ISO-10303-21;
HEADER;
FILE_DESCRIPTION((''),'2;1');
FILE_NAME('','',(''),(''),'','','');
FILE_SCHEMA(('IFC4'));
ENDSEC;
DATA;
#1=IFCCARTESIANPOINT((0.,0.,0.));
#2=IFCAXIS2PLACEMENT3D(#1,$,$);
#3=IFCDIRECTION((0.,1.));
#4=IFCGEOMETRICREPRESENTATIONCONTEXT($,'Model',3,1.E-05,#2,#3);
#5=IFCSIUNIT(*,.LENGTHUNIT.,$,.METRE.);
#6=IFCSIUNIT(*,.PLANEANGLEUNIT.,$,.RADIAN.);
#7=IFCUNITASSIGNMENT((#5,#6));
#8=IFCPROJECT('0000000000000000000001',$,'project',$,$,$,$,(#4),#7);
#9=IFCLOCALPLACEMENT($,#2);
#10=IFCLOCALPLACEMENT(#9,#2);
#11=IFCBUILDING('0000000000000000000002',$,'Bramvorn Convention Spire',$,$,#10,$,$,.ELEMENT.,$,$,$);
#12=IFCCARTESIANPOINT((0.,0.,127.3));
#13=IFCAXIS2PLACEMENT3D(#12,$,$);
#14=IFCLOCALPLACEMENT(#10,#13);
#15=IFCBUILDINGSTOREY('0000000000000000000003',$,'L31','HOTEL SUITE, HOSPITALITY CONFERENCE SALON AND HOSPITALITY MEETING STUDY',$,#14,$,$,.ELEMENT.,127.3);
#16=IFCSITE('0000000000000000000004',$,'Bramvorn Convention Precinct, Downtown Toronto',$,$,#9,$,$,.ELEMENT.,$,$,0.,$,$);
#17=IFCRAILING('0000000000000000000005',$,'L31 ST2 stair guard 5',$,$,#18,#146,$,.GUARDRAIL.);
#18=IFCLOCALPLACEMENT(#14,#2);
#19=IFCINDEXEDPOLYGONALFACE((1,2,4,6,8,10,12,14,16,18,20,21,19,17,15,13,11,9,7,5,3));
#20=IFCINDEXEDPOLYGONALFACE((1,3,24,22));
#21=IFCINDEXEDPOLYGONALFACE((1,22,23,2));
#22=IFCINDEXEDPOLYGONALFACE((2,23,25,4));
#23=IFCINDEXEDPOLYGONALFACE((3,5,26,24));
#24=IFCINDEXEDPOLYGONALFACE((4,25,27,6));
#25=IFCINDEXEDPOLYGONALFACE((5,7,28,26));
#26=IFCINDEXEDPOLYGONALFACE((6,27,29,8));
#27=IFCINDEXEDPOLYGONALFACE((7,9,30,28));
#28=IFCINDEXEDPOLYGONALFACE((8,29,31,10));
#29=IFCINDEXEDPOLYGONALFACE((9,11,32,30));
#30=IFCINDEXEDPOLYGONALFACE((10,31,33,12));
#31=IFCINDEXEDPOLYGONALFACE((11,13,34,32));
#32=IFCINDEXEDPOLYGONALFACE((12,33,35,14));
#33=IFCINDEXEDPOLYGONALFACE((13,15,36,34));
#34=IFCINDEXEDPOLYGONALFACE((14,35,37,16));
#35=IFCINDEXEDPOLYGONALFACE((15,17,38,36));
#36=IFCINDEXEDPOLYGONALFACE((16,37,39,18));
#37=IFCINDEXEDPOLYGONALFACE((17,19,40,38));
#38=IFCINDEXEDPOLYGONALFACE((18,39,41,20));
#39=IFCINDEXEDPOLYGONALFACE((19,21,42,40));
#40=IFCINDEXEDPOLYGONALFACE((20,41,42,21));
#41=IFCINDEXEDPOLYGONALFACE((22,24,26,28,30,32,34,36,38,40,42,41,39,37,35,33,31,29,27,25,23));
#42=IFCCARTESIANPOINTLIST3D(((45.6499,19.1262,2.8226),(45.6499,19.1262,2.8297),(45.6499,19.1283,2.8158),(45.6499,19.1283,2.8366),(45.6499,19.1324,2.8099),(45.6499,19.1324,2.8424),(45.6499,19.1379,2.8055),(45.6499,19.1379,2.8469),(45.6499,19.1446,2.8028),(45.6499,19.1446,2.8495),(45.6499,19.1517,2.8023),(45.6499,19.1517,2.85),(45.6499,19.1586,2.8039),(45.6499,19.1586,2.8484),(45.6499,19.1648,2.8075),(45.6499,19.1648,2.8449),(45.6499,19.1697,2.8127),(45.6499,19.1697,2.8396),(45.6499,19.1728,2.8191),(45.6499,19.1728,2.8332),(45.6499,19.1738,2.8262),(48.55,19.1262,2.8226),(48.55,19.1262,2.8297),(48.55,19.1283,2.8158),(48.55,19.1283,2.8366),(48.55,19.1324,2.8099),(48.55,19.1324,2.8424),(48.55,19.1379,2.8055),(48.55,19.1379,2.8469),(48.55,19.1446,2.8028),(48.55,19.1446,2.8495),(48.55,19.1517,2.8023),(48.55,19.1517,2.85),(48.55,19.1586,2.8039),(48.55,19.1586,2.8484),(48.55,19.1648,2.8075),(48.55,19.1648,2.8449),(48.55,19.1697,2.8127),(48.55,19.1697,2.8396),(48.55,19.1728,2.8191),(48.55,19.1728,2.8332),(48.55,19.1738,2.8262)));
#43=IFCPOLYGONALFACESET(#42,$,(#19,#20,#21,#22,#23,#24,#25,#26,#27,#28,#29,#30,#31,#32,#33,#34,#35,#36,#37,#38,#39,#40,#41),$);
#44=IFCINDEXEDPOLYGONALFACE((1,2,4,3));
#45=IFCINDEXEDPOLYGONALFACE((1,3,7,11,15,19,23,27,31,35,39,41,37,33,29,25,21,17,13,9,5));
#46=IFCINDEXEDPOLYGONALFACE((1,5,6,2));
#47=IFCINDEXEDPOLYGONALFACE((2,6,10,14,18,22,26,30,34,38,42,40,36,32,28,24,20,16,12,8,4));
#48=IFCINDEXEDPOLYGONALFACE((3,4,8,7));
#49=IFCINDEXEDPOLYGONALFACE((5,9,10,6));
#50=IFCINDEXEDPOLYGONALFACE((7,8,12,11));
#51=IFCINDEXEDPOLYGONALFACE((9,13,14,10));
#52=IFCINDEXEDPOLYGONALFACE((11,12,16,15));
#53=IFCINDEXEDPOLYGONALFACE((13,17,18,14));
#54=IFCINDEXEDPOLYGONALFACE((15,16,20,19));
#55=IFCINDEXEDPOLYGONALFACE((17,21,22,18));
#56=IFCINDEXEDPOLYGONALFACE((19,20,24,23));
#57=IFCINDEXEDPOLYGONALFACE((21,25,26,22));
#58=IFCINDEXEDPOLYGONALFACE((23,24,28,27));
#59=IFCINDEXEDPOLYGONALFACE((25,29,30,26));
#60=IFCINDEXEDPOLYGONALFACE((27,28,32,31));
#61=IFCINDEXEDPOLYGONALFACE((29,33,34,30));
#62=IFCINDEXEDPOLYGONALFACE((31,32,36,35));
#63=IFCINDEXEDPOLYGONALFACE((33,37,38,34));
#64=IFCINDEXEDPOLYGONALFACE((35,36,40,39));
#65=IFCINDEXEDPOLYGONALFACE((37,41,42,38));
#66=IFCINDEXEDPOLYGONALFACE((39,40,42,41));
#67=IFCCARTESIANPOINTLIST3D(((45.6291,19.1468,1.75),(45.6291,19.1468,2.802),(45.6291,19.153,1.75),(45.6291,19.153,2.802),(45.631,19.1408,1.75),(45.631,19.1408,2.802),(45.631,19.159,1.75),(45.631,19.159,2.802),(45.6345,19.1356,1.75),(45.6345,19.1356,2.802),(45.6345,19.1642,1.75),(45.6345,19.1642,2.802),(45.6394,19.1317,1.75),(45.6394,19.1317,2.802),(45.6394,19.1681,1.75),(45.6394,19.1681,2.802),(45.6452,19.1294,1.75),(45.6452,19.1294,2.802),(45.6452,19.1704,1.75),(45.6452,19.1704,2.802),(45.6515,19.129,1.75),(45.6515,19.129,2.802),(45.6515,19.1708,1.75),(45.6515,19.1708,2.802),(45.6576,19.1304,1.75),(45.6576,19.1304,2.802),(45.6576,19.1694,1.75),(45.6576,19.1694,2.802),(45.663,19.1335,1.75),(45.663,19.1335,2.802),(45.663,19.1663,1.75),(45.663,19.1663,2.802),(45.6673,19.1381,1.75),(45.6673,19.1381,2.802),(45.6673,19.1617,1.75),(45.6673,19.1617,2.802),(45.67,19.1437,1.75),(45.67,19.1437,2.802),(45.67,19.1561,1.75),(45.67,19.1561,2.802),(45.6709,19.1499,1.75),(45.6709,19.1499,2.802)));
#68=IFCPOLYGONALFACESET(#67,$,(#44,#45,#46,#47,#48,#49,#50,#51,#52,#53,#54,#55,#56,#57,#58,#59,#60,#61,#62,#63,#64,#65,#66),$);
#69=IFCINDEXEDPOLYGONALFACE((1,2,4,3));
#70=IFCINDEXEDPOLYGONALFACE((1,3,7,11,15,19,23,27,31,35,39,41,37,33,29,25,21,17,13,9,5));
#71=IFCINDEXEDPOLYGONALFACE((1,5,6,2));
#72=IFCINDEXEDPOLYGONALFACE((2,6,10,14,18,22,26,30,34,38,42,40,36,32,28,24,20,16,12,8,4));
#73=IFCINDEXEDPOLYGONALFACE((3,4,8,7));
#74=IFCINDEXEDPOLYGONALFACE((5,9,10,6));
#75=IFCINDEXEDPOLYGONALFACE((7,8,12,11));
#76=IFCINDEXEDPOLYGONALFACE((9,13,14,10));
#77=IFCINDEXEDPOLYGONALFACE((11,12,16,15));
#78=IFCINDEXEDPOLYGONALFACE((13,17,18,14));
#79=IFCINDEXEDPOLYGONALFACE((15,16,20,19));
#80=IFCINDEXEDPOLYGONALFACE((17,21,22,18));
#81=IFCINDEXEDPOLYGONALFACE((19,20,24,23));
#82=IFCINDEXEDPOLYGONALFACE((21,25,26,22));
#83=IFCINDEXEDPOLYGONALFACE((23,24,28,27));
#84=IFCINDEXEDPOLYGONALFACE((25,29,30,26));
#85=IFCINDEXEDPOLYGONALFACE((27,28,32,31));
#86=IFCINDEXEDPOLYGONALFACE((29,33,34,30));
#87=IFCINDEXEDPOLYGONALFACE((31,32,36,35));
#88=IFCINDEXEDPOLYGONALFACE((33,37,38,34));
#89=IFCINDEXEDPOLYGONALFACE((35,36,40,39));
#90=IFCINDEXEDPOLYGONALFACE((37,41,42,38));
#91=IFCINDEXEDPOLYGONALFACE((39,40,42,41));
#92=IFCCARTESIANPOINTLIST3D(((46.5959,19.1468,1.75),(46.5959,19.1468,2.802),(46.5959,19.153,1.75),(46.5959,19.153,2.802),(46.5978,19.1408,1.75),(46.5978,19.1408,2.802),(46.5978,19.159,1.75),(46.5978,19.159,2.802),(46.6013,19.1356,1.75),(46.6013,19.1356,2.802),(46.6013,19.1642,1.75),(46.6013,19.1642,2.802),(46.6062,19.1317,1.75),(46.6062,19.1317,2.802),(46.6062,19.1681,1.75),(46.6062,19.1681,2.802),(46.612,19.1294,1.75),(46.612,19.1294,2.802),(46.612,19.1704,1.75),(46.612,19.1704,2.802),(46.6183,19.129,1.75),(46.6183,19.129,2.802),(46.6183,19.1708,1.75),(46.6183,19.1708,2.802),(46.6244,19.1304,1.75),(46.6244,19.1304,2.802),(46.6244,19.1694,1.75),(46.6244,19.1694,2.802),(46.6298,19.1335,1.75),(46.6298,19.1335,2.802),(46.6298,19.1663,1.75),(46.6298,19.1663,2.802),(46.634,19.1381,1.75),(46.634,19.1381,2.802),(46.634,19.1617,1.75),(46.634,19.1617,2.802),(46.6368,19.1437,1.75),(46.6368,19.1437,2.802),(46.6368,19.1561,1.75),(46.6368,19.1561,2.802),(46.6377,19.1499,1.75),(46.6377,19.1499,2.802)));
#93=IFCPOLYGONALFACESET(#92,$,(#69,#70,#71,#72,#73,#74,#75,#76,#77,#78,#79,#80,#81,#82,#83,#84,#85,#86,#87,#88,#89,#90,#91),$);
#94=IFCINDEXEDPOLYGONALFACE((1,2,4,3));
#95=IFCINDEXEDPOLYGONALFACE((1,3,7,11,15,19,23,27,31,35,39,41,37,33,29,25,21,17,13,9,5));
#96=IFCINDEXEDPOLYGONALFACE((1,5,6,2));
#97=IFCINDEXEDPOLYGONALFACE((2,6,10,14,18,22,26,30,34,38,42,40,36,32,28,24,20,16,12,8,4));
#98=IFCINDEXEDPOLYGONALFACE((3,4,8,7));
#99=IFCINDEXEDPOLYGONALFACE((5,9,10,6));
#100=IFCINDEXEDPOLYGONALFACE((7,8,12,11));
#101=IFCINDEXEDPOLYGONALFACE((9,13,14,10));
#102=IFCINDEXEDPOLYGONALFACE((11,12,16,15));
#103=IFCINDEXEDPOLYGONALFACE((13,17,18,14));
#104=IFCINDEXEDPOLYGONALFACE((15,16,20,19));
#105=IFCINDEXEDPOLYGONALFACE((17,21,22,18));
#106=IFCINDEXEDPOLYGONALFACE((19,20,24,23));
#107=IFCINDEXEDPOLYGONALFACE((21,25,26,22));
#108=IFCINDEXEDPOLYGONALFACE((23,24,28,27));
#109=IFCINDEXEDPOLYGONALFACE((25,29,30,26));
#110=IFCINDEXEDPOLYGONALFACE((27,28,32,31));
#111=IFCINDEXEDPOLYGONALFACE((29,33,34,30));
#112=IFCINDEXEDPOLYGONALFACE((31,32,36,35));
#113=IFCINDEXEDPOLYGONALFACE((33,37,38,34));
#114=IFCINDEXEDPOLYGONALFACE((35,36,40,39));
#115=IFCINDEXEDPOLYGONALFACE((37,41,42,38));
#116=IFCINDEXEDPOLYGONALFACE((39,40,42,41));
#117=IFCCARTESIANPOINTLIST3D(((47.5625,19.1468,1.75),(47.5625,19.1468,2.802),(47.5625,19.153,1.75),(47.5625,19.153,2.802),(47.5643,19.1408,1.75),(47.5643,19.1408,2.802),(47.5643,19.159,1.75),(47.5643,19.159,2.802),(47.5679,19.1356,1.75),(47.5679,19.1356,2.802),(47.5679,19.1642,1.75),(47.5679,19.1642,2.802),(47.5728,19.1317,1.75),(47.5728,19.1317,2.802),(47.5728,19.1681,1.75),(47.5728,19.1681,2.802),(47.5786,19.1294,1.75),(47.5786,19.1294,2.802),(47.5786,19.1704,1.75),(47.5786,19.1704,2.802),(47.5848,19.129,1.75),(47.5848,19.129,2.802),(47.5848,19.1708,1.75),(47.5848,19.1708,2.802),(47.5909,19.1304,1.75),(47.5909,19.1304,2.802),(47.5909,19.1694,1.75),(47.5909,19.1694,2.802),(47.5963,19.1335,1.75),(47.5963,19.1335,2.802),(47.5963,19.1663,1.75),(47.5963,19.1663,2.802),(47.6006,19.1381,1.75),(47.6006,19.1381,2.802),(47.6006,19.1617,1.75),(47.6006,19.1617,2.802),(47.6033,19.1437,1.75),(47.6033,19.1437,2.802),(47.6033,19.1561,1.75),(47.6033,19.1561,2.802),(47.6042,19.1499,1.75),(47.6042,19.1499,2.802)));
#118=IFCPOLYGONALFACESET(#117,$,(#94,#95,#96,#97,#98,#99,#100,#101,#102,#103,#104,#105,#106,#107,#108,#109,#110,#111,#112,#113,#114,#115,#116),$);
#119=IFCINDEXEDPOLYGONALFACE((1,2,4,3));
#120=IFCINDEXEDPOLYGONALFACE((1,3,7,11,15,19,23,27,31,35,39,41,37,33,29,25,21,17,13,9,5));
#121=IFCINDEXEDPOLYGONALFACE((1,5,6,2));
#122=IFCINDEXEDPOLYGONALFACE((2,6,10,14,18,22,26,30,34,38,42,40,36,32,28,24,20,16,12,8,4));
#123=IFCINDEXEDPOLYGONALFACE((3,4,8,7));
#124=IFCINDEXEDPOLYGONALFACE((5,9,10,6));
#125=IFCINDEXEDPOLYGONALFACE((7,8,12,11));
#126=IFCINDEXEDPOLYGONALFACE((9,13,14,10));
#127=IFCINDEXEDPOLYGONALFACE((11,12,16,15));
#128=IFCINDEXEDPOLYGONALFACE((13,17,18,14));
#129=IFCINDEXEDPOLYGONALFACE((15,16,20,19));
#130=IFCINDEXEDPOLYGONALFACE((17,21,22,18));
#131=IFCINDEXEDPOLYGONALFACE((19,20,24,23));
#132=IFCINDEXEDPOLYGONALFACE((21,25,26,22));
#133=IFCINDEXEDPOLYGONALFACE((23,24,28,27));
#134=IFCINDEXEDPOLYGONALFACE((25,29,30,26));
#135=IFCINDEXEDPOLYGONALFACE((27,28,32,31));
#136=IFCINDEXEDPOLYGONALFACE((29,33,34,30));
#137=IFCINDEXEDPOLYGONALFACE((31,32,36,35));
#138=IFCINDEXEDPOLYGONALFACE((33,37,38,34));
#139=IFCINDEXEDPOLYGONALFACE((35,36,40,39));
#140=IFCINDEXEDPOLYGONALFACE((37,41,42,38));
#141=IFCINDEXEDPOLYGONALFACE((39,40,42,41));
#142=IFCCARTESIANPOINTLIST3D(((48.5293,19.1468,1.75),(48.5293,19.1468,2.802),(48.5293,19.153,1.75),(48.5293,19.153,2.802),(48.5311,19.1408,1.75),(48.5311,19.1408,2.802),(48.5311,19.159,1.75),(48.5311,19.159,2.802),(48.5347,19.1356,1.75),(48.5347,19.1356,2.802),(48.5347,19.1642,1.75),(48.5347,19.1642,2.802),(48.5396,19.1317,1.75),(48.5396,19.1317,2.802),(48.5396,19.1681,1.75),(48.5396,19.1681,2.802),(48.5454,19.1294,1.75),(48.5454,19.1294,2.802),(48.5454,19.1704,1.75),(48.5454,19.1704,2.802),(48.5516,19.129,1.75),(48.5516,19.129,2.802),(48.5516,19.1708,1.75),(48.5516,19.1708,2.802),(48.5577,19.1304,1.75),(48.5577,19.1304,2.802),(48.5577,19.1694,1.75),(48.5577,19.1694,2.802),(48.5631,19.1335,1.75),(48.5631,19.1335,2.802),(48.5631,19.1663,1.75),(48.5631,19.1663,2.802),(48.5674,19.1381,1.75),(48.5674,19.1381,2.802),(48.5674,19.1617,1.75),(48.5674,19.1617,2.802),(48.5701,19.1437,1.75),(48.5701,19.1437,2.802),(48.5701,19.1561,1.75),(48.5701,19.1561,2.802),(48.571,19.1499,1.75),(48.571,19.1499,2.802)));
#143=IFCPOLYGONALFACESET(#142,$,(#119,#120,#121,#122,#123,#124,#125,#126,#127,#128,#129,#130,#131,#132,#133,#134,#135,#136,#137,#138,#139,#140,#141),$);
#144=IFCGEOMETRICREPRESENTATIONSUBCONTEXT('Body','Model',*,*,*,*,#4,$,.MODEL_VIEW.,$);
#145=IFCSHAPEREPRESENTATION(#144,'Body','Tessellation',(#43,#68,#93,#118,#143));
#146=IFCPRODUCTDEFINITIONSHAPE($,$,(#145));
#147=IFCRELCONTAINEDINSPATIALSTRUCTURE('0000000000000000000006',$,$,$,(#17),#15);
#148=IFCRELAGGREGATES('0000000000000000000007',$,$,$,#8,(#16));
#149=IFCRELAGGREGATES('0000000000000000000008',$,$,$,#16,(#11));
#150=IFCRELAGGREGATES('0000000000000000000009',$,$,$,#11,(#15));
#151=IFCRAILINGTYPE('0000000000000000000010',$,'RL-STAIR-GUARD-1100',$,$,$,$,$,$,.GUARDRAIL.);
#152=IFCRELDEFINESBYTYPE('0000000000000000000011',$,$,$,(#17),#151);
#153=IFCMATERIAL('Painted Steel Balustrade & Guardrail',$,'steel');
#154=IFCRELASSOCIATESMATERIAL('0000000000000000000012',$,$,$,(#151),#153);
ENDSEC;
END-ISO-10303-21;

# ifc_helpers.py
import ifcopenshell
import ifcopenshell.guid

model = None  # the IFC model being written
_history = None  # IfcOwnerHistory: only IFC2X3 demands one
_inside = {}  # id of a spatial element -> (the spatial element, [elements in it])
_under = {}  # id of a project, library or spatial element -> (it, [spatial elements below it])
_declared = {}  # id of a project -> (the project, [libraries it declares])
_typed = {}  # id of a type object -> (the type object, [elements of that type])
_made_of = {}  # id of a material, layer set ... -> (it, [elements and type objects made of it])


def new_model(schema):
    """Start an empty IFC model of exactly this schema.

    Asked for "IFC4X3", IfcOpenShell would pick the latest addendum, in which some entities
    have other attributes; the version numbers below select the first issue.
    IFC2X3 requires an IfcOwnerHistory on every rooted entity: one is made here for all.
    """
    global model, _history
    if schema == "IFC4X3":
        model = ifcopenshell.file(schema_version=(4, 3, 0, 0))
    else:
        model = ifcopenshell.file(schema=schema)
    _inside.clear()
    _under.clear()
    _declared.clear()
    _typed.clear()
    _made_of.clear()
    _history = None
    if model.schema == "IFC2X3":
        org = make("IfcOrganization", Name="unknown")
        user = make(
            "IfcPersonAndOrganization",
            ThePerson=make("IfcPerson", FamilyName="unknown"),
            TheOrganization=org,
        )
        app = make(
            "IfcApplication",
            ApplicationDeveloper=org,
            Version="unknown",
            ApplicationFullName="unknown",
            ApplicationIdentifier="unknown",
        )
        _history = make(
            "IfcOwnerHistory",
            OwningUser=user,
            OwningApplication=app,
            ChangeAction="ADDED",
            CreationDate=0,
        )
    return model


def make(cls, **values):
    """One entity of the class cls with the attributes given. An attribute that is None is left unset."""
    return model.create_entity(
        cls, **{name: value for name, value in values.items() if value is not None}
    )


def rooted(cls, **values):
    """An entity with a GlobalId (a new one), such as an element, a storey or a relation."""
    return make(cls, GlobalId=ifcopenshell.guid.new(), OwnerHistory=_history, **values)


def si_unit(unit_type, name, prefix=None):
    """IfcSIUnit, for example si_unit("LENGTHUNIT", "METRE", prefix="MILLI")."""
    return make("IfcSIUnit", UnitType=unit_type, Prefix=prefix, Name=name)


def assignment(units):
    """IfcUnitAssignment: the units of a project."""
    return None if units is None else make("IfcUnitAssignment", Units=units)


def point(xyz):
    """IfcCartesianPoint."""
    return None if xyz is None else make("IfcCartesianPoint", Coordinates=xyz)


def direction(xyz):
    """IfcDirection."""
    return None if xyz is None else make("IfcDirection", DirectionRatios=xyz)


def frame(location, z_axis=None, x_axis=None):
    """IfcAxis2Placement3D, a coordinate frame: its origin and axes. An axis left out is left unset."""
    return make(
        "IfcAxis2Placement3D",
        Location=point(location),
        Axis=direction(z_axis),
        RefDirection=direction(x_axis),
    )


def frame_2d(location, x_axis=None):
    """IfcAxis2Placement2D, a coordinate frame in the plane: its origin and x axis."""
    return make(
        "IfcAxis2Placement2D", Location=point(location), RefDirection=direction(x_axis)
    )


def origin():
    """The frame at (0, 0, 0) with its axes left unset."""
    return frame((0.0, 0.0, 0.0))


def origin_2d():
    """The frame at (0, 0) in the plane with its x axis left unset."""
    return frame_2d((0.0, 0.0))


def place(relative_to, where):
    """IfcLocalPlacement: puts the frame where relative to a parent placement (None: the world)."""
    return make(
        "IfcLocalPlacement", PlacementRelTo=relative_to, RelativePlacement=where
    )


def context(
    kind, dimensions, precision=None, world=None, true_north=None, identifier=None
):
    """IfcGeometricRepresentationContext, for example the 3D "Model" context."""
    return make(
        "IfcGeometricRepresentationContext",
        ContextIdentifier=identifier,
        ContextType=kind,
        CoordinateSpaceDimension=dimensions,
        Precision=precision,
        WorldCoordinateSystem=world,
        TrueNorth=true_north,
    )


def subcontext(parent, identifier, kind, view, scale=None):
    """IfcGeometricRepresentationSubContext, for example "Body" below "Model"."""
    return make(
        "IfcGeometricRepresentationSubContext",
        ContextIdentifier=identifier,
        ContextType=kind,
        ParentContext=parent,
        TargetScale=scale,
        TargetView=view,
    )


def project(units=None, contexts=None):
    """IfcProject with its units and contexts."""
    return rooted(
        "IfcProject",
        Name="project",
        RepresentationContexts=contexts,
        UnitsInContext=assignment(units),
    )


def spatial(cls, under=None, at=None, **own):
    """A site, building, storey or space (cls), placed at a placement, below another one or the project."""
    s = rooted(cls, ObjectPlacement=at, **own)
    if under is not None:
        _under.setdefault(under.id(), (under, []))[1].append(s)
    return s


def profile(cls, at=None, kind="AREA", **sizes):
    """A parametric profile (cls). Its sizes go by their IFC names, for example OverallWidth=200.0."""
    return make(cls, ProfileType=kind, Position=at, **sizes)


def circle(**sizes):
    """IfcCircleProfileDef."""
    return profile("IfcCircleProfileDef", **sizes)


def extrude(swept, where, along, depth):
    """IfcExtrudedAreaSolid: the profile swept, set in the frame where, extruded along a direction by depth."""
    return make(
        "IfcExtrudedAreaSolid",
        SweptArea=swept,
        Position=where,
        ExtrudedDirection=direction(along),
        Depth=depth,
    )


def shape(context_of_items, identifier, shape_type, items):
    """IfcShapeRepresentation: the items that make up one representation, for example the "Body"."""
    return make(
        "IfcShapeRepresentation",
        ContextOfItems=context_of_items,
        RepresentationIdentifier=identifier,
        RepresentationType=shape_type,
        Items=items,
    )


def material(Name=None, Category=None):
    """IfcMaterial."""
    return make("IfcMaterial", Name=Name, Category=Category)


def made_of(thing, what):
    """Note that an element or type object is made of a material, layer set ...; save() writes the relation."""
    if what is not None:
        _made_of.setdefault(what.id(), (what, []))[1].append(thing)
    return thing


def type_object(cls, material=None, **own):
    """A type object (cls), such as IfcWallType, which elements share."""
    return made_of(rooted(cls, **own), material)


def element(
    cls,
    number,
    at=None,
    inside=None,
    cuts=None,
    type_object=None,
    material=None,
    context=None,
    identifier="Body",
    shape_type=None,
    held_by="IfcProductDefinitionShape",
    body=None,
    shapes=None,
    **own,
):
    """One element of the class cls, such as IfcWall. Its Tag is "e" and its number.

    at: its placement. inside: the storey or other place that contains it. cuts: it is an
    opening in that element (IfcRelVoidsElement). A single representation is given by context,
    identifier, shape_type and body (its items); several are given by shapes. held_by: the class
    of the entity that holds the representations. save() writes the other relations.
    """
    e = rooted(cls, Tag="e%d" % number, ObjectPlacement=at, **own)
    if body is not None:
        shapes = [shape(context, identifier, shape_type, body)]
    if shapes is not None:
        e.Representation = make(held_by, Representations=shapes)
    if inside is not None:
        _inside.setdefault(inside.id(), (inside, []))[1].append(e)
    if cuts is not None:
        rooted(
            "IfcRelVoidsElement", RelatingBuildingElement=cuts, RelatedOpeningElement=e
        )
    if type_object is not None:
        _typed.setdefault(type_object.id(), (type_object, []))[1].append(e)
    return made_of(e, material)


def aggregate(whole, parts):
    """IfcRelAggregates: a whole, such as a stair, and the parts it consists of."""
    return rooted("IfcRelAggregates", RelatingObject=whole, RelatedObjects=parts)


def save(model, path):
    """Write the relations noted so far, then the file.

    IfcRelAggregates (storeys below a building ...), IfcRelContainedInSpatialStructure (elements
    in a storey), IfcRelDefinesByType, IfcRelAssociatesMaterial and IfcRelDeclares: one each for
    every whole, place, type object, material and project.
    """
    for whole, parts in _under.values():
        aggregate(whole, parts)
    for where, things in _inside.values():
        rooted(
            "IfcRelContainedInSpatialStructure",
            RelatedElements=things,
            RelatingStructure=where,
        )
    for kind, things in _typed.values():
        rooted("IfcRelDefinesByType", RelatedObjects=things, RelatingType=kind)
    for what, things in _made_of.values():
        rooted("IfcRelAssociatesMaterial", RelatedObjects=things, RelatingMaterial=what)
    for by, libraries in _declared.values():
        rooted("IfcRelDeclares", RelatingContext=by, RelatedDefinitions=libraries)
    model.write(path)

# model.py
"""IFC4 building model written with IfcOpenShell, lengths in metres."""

from ifc_helpers import new_model, si_unit, direction, frame, origin, origin_2d, place, context, subcontext, project, spatial, circle, extrude, material, type_object, element, save


model = new_model("IFC4")

# Units and contexts
model_context = context("Model", 3, precision=1e-05, world=origin(), true_north=direction((0.0, 1.0)))
body_context = subcontext(model_context, "Body", "Model", "MODEL_VIEW")
ifc_project = project(units=[si_unit("LENGTHUNIT", "METRE"), si_unit("PLANEANGLEUNIT", "RADIAN")], contexts=[model_context])

# Site, building, storey
site_placement = place(None, origin())
site = spatial("IfcSite", under=ifc_project, at=site_placement, Name="Bramvorn Convention Precinct, Downtown Toronto", CompositionType="ELEMENT", RefElevation=0.0)
building_placement = place(site_placement, origin())
building = spatial("IfcBuilding", under=site, at=building_placement, Name="Bramvorn Convention Spire", CompositionType="ELEMENT")
storey_placement = place(building_placement, frame((0.0, 0.0, 127.3)))
storey = spatial("IfcBuildingStorey", under=building, at=storey_placement, Name="L31", Description="HOTEL SUITE, HOSPITALITY CONFERENCE SALON AND HOSPITALITY MEETING STUDY", CompositionType="ELEMENT", Elevation=127.3)

# Railing
ifc_material_1 = material(Name="Painted Steel Balustrade & Guardrail", Category="steel")
railing_type = type_object("IfcRailingType", Name="RL-STAIR-GUARD-1100", PredefinedType="GUARDRAIL", material=ifc_material_1)
railing_1_placement = place(storey_placement, frame((45.6499, 19.1499, 1.75)))
element("IfcRailing", 1, at=railing_1_placement, inside=storey, type_object=railing_type, Name="L31 ST2 stair guard 5", PredefinedType="GUARDRAIL", context=body_context, shape_type="SweptSolid", body=[
    extrude(circle(Radius=0.0239, at=origin_2d()), frame((0.0, 0.0, 1.0762), z_axis=(1.0, 0.0, 0.0), x_axis=(0.0, 1.0, 0.0)), (0.0, 0.0, 1.0), 2.9001),
    extrude(circle(Radius=0.021, at=origin_2d()), origin(), (0.0, 0.0, 1.0), 1.052),
    extrude(circle(Radius=0.021, at=origin_2d()), frame((0.9668, 0.0, 0.0)), (0.0, 0.0, 1.0), 1.052),
    extrude(circle(Radius=0.021, at=origin_2d()), frame((1.9333, 0.0, 0.0)), (0.0, 0.0, 1.0), 1.052),
    extrude(circle(Radius=0.021, at=origin_2d()), frame((2.9001, 0.0, 0.0)), (0.0, 0.0, 1.0), 1.052),
])

save(model, "model.ifc")
